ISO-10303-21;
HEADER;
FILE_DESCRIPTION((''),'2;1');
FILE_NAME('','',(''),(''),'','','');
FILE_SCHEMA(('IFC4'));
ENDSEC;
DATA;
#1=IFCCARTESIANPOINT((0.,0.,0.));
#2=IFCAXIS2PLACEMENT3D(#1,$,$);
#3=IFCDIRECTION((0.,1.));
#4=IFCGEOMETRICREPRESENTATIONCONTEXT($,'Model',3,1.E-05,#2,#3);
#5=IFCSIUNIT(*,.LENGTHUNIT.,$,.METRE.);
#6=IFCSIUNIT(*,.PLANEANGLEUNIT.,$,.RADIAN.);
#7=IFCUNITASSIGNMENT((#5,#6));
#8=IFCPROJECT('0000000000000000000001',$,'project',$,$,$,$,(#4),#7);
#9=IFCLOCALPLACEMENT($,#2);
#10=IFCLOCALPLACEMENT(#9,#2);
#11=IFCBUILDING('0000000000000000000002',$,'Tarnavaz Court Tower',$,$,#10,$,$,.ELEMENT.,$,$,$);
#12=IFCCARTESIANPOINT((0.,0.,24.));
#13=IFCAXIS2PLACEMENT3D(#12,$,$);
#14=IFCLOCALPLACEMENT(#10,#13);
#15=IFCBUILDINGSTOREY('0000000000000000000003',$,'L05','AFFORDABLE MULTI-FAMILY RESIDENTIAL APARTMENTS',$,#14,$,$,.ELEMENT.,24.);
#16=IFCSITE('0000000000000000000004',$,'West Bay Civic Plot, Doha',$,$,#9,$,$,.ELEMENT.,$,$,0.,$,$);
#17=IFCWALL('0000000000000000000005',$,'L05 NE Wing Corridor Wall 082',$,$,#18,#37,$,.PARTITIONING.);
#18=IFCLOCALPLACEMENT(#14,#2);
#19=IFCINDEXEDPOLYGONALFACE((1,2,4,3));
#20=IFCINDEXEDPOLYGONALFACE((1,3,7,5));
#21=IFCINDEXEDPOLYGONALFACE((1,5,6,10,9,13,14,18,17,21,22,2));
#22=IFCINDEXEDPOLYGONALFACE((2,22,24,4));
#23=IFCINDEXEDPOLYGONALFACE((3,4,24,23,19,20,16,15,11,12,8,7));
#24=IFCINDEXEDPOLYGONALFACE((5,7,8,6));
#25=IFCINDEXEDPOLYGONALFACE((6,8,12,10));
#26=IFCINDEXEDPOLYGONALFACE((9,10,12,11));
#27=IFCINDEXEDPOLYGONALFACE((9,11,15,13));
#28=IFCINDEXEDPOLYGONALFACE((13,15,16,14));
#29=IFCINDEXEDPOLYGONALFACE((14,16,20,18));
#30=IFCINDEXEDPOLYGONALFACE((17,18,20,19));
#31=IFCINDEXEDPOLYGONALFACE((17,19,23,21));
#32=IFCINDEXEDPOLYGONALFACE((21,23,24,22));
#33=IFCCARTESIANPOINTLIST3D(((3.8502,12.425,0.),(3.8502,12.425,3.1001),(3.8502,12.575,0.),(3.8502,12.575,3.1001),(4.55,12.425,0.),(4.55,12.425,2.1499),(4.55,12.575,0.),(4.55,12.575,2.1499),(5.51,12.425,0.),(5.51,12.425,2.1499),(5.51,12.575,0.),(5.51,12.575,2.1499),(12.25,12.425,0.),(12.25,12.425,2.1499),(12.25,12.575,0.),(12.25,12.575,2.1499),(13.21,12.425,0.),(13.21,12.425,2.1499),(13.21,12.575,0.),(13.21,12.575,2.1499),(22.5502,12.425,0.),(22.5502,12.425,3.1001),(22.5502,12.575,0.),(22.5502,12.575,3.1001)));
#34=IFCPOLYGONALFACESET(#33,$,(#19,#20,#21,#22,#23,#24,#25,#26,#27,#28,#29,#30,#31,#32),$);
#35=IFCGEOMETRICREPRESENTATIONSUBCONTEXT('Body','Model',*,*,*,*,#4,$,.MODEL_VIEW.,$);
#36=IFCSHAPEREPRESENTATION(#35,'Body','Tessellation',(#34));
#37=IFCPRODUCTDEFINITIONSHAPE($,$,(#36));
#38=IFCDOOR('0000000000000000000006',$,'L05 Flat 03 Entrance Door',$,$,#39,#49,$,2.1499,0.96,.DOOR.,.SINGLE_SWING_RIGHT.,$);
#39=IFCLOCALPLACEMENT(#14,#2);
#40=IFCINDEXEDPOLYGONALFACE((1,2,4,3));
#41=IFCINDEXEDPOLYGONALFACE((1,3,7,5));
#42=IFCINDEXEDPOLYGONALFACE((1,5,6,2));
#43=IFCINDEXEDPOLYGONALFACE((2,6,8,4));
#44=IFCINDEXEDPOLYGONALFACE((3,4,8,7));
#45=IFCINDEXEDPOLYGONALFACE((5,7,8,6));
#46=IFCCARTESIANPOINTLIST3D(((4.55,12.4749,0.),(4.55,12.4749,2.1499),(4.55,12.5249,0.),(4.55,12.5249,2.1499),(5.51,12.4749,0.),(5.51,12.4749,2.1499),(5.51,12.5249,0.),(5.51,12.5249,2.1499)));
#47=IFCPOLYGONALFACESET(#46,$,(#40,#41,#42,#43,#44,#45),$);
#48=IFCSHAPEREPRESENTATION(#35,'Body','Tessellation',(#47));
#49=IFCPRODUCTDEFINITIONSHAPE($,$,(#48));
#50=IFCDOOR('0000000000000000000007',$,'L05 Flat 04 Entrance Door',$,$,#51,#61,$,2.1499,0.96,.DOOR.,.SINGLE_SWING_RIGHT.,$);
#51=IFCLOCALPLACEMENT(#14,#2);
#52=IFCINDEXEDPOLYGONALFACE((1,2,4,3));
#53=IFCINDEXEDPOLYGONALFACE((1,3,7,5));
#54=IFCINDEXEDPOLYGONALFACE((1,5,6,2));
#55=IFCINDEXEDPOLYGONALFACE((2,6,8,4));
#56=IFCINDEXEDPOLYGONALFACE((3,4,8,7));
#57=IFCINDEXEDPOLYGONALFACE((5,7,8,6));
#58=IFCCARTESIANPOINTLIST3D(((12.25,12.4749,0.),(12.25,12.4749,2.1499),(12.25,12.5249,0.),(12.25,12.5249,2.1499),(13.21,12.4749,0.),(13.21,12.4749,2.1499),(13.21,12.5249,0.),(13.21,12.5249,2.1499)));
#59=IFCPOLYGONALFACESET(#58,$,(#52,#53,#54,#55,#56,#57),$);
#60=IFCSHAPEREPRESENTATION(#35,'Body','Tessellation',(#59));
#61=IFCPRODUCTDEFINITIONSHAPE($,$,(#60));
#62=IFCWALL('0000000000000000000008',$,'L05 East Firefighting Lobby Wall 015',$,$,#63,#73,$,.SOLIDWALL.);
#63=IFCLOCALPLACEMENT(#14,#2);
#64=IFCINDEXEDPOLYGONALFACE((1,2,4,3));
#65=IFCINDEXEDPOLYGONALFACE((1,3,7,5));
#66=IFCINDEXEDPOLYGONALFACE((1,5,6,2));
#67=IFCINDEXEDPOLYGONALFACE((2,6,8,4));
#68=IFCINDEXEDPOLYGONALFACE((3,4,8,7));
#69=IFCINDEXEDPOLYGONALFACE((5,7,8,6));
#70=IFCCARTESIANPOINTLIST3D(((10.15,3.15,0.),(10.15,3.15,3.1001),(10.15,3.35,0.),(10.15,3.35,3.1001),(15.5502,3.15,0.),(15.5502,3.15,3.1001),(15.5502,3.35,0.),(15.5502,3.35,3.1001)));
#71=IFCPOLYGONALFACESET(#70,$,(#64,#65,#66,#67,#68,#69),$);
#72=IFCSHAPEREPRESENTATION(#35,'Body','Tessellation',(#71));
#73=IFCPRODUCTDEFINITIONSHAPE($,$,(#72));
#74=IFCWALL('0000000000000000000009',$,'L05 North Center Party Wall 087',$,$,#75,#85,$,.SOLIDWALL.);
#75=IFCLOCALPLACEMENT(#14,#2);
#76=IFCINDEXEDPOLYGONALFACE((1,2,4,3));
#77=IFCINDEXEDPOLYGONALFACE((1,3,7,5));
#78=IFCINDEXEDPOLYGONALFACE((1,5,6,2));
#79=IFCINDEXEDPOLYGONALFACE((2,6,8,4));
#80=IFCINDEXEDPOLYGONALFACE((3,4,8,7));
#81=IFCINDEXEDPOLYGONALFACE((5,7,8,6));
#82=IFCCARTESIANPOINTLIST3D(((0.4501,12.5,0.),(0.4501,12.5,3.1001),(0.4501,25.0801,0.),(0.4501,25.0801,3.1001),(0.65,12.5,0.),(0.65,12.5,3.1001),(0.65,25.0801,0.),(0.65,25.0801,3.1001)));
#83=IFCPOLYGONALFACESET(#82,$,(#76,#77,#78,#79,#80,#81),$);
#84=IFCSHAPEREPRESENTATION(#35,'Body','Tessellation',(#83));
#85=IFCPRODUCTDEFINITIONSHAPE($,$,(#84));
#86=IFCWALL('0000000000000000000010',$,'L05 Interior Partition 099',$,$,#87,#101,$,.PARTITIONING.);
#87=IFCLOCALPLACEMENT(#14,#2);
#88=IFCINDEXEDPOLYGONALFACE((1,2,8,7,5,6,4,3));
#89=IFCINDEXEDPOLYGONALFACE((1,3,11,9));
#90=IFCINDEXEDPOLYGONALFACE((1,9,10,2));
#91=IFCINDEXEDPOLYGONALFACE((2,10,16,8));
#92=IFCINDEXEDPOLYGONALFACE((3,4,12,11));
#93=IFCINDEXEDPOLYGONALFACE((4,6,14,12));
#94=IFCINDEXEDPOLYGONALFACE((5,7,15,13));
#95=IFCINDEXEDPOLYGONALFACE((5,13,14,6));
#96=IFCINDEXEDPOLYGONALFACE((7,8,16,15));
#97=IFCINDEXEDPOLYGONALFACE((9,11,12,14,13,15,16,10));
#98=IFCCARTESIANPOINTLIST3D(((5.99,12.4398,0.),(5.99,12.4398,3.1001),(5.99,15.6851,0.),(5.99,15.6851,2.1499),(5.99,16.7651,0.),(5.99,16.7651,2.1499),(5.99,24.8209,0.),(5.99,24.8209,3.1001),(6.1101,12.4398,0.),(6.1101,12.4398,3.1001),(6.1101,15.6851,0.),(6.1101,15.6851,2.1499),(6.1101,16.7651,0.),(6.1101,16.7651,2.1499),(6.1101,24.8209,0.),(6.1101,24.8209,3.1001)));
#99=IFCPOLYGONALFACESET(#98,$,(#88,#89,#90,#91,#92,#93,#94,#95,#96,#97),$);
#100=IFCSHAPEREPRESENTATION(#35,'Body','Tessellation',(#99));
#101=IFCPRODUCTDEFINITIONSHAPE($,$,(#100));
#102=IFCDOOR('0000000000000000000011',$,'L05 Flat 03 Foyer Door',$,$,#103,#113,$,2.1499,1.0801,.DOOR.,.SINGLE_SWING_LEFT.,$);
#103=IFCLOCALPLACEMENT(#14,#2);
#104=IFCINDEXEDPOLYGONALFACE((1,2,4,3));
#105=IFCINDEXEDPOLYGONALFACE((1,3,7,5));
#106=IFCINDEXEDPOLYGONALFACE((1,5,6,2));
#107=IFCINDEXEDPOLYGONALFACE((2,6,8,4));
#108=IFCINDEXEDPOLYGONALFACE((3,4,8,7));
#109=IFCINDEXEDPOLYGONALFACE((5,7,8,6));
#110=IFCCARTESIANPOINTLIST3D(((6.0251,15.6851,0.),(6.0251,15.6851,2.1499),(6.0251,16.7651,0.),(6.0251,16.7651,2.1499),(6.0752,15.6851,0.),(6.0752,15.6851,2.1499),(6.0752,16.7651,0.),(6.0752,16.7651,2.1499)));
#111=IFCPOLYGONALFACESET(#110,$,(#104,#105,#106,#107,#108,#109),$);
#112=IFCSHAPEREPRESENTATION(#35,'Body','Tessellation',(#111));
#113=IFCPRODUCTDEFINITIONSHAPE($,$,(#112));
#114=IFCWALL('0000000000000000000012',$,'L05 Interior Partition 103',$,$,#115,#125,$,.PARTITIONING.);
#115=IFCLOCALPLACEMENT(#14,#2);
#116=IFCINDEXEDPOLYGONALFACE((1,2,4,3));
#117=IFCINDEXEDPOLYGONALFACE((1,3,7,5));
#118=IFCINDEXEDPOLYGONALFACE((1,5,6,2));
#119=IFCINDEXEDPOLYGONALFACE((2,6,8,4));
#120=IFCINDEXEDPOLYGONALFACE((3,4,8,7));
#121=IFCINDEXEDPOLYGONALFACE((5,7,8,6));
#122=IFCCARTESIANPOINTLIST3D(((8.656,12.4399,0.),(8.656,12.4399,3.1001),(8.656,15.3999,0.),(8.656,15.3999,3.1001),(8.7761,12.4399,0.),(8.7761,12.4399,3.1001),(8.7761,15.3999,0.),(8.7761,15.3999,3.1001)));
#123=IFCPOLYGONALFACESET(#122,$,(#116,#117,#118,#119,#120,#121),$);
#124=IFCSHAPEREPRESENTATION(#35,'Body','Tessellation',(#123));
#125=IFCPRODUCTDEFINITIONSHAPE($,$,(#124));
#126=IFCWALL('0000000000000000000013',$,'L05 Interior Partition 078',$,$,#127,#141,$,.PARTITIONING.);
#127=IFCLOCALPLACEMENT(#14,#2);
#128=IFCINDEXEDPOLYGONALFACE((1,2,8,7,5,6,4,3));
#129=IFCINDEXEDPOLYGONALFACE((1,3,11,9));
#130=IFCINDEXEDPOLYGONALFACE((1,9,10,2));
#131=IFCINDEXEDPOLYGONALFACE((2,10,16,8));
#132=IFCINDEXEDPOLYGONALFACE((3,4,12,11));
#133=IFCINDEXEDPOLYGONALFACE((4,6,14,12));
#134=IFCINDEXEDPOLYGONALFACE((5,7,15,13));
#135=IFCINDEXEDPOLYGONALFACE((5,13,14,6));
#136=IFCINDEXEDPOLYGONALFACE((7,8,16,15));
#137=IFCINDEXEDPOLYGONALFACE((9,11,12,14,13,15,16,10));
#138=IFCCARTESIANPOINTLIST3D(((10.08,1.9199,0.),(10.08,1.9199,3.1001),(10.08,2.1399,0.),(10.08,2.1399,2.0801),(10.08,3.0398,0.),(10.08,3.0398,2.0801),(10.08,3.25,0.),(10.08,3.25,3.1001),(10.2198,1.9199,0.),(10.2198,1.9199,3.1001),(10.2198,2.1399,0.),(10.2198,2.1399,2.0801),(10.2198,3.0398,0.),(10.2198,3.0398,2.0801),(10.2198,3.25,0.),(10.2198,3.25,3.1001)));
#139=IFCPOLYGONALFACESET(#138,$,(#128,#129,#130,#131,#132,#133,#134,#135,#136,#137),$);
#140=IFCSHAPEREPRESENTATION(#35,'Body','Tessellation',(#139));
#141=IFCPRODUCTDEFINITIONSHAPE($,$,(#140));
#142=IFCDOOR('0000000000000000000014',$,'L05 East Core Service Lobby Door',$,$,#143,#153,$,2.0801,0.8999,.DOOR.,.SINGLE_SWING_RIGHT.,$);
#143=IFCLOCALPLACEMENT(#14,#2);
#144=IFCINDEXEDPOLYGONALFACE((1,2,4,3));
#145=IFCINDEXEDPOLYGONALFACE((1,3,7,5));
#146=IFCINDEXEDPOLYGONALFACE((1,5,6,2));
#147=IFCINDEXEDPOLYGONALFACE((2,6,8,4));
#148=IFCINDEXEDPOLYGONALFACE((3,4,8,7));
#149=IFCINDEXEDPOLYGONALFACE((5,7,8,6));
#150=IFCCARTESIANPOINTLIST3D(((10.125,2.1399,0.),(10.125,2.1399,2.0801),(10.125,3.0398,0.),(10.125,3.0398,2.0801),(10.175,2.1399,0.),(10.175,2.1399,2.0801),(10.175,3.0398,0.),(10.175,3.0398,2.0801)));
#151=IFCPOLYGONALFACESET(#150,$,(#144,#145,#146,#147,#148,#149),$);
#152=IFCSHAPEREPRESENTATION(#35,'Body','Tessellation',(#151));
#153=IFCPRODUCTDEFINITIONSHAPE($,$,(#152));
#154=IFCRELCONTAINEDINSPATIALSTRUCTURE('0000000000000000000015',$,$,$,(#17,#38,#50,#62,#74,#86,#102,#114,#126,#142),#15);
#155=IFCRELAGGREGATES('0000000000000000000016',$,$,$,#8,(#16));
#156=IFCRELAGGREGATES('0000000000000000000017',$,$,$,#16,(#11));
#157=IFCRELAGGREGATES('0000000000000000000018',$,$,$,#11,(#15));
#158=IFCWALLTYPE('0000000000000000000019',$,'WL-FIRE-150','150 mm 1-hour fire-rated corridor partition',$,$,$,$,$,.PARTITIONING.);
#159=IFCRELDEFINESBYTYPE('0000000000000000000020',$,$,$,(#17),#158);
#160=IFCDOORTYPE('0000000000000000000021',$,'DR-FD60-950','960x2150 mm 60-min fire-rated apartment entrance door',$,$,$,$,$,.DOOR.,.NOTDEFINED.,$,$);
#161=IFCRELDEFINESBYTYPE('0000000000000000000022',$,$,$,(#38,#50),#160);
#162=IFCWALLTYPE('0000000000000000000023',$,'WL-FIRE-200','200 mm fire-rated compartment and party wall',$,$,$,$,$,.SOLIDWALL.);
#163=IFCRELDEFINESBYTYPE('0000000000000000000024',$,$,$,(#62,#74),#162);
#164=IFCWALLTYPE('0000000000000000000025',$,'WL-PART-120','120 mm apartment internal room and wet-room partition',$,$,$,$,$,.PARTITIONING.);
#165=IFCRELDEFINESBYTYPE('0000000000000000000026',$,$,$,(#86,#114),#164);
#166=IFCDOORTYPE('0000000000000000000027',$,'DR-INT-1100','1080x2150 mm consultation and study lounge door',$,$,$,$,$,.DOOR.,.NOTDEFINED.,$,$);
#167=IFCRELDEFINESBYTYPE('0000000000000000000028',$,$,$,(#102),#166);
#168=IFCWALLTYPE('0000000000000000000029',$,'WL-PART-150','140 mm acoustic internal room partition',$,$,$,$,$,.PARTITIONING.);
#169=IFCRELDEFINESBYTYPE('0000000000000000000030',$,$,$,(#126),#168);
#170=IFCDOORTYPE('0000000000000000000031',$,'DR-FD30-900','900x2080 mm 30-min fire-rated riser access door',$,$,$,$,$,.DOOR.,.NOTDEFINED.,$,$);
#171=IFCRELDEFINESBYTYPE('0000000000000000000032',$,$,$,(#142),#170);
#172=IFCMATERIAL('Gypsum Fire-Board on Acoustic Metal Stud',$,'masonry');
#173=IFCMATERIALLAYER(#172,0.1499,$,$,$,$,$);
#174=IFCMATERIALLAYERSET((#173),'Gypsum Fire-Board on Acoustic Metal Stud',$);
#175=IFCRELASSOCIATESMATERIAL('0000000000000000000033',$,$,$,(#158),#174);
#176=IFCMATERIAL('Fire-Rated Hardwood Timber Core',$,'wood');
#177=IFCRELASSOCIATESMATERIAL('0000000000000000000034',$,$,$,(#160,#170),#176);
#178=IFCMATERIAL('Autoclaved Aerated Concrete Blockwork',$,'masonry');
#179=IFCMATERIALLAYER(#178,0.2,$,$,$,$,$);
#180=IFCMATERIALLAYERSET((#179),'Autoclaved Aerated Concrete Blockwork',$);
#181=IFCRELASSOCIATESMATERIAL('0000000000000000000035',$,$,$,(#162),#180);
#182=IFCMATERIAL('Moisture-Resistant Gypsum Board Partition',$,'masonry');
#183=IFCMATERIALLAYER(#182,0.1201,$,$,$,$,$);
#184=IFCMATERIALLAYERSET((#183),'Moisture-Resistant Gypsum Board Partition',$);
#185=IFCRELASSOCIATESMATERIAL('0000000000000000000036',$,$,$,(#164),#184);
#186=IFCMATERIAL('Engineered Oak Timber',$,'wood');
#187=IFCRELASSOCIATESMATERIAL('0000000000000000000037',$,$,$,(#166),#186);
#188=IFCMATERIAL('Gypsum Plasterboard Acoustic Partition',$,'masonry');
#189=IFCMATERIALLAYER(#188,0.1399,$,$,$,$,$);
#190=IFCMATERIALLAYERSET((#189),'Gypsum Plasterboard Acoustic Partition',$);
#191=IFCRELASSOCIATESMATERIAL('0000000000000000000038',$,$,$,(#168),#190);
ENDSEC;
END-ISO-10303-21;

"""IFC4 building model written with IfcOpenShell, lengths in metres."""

from ifc_helpers import new_model, si_unit, direction, frame, frame_2d, origin, place, context, subcontext, project, spatial, rectangle, extrude, material, layer, layer_set, type_object, element, fill, save


model = new_model("IFC4")

# Units and contexts
model_context = context("Model", 3, precision=1e-05, world=origin(), true_north=direction((0.0, 1.0)))
body_context = subcontext(model_context, "Body", "Model", "MODEL_VIEW")
ifc_project = project(units=[si_unit("LENGTHUNIT", "METRE"), si_unit("PLANEANGLEUNIT", "RADIAN")], contexts=[model_context])

# Site, building, storey
site_placement = place(None, origin())
site = spatial("IfcSite", under=ifc_project, at=site_placement, Name="West Bay Civic Plot, Doha", CompositionType="ELEMENT", RefElevation=0.0)
building_placement = place(site_placement, origin())
building = spatial("IfcBuilding", under=site, at=building_placement, Name="Tarnavaz Court Tower", CompositionType="ELEMENT")
storey_placement = place(building_placement, frame((0.0, 0.0, 24.0)))
storey = spatial("IfcBuildingStorey", under=building, at=storey_placement, Name="L05", Description="AFFORDABLE MULTI-FAMILY RESIDENTIAL APARTMENTS", CompositionType="ELEMENT", Elevation=24.0)

# Shared definitions
ifc_material_1 = material(Name="Fire-Rated Hardwood Timber Core", Category="wood")

# Wall, openings, doors
ifc_material_2 = material(Name="Gypsum Fire-Board on Acoustic Metal Stud", Category="masonry")
ifc_layer_1 = layer(ifc_material_2, 0.1499)
ifc_layer_set_1 = layer_set([ifc_layer_1], Name="Gypsum Fire-Board on Acoustic Metal Stud")
wall_type_1 = type_object("IfcWallType", Name="WL-FIRE-150", Description="150 mm 1-hour fire-rated corridor partition", PredefinedType="PARTITIONING", material=ifc_layer_set_1)
wall_1_placement = place(storey_placement, frame((3.8501, 12.5, 0.0), z_axis=(0.0, 0.0, 1.0), x_axis=(1.0, 0.0, 0.0)))
wall_1 = element("IfcWall", 1, at=wall_1_placement, inside=storey, type_object=wall_type_1, Name="L05 NE Wing Corridor Wall 082", PredefinedType="PARTITIONING", context=body_context, shape_type="SweptSolid", body=[
    extrude(rectangle(XDim=18.7, YDim=0.1499, at=frame_2d((9.3501, 0.0))), origin(), (0.0, 0.0, 1.0), 3.1001),
])
opening_1_placement = place(wall_1_placement, frame((0.7, 0.0, 0.0)))
opening_1 = element("IfcOpeningElement", 2, at=opening_1_placement, cuts=wall_1, PredefinedType="OPENING", context=body_context, shape_type="SweptSolid", body=[
    extrude(rectangle(XDim=0.96, YDim=2.1499, at=frame_2d((0.48, 1.075))), frame((0.0, 0.085, 0.0), z_axis=(0.0, -1.0, 0.0), x_axis=(1.0, 0.0, 0.0)), (0.0, 0.0, 1.0), 0.1699),
])
opening_2_placement = place(wall_1_placement, frame((8.3999, 0.0, 0.0)))
opening_2 = element("IfcOpeningElement", 3, at=opening_2_placement, cuts=wall_1, PredefinedType="OPENING", context=body_context, shape_type="SweptSolid", body=[
    extrude(rectangle(XDim=0.96, YDim=2.1499, at=frame_2d((0.48, 1.075))), frame((0.0, 0.085, 0.0), z_axis=(0.0, -1.0, 0.0), x_axis=(1.0, 0.0, 0.0)), (0.0, 0.0, 1.0), 0.1699),
])
door_type_1 = type_object("IfcDoorType", Name="DR-FD60-950", Description="960x2150 mm 60-min fire-rated apartment entrance door", OperationType="NOTDEFINED", PredefinedType="DOOR", material=ifc_material_1)
door_1_placement = place(opening_1_placement, origin())
door_1 = element("IfcDoor", 4, at=door_1_placement, inside=storey, type_object=door_type_1, Name="L05 Flat 03 Entrance Door", OperationType="SINGLE_SWING_RIGHT", OverallHeight=2.1499, OverallWidth=0.96, PredefinedType="DOOR", context=body_context, shape_type="SweptSolid", body=[
    extrude(rectangle(XDim=0.96, YDim=2.1499, at=frame_2d((0.48, 1.075))), frame((0.0, 0.0249, 0.0), z_axis=(0.0, -1.0, 0.0), x_axis=(1.0, 0.0, 0.0)), (0.0, 0.0, 1.0), 0.05),
])
fill(opening_1, door_1)
door_2_placement = place(opening_2_placement, origin())
door_2 = element("IfcDoor", 5, at=door_2_placement, inside=storey, type_object=door_type_1, Name="L05 Flat 04 Entrance Door", OperationType="SINGLE_SWING_RIGHT", OverallHeight=2.1499, OverallWidth=0.96, PredefinedType="DOOR", context=body_context, shape_type="SweptSolid", body=[
    extrude(rectangle(XDim=0.96, YDim=2.1499, at=frame_2d((0.48, 1.075))), frame((0.0, 0.0249, 0.0), z_axis=(0.0, -1.0, 0.0), x_axis=(1.0, 0.0, 0.0)), (0.0, 0.0, 1.0), 0.05),
])
fill(opening_2, door_2)

# Wall
ifc_material_3 = material(Name="Autoclaved Aerated Concrete Blockwork", Category="masonry")
ifc_layer_2 = layer(ifc_material_3, 0.2)
ifc_layer_set_2 = layer_set([ifc_layer_2], Name="Autoclaved Aerated Concrete Blockwork")
wall_type_2 = type_object("IfcWallType", Name="WL-FIRE-200", Description="200 mm fire-rated compartment and party wall", PredefinedType="SOLIDWALL", material=ifc_layer_set_2)
wall_2_placement = place(storey_placement, frame((10.1499, 3.25, 0.0), z_axis=(0.0, 0.0, 1.0), x_axis=(1.0, 0.0, 0.0)))
element("IfcWall", 6, at=wall_2_placement, inside=storey, type_object=wall_type_2, Name="L05 East Firefighting Lobby Wall 015", PredefinedType="SOLIDWALL", context=body_context, shape_type="SweptSolid", body=[
    extrude(rectangle(XDim=5.4001, YDim=0.2, at=frame_2d((2.7002, 0.0))), origin(), (0.0, 0.0, 1.0), 3.1001),
])

# Wall
wall_3_placement = place(storey_placement, frame((0.55, 12.5, 0.0), z_axis=(0.0, 0.0, 1.0), x_axis=(0.0, 1.0, 0.0)))
element("IfcWall", 7, at=wall_3_placement, inside=storey, type_object=wall_type_2, Name="L05 North Center Party Wall 087", PredefinedType="SOLIDWALL", context=body_context, shape_type="SweptSolid", body=[
    extrude(rectangle(XDim=12.5801, YDim=0.2, at=frame_2d((6.29, 0.0))), origin(), (0.0, 0.0, 1.0), 3.1001),
])

# Wall, opening, door
ifc_material_4 = material(Name="Moisture-Resistant Gypsum Board Partition", Category="masonry")
ifc_layer_3 = layer(ifc_material_4, 0.1201)
ifc_layer_set_3 = layer_set([ifc_layer_3], Name="Moisture-Resistant Gypsum Board Partition")
wall_type_3 = type_object("IfcWallType", Name="WL-PART-120", Description="120 mm apartment internal room and wet-room partition", PredefinedType="PARTITIONING", material=ifc_layer_set_3)
wall_4_placement = place(storey_placement, frame((6.05, 12.4399, 0.0), z_axis=(0.0, 0.0, 1.0), x_axis=(0.0, 1.0, 0.0)))
wall_4 = element("IfcWall", 8, at=wall_4_placement, inside=storey, type_object=wall_type_3, Name="L05 Interior Partition 099", PredefinedType="PARTITIONING", context=body_context, shape_type="SweptSolid", body=[
    extrude(rectangle(XDim=12.3811, YDim=0.1201, at=frame_2d((6.1904, 0.0))), origin(), (0.0, 0.0, 1.0), 3.1001),
])
opening_3_placement = place(wall_4_placement, frame((3.2451, 0.0, 0.0)))
opening_3 = element("IfcOpeningElement", 9, at=opening_3_placement, cuts=wall_4, PredefinedType="OPENING", context=body_context, shape_type="SweptSolid", body=[
    extrude(rectangle(XDim=1.0801, YDim=2.1499, at=frame_2d((0.54, 1.075))), frame((0.0, 0.0701, 0.0), z_axis=(0.0, -1.0, 0.0), x_axis=(1.0, 0.0, 0.0)), (0.0, 0.0, 1.0), 0.1401),
])
ifc_material_5 = material(Name="Engineered Oak Timber", Category="wood")
door_type_2 = type_object("IfcDoorType", Name="DR-INT-1100", Description="1080x2150 mm consultation and study lounge door", OperationType="NOTDEFINED", PredefinedType="DOOR", material=ifc_material_5)
door_3_placement = place(opening_3_placement, origin())
door_3 = element("IfcDoor", 10, at=door_3_placement, inside=storey, type_object=door_type_2, Name="L05 Flat 03 Foyer Door", OperationType="SINGLE_SWING_LEFT", OverallHeight=2.1499, OverallWidth=1.0801, PredefinedType="DOOR", context=body_context, shape_type="SweptSolid", body=[
    extrude(rectangle(XDim=1.0801, YDim=2.1499, at=frame_2d((0.54, 1.075))), frame((0.0, 0.0249, 0.0), z_axis=(0.0, -1.0, 0.0), x_axis=(1.0, 0.0, 0.0)), (0.0, 0.0, 1.0), 0.05),
])
fill(opening_3, door_3)

# Wall
wall_5_placement = place(storey_placement, frame((8.7161, 12.4399, 0.0), z_axis=(0.0, 0.0, 1.0), x_axis=(0.0, 1.0, 0.0)))
element("IfcWall", 11, at=wall_5_placement, inside=storey, type_object=wall_type_3, Name="L05 Interior Partition 103", PredefinedType="PARTITIONING", context=body_context, shape_type="SweptSolid", body=[
    extrude(rectangle(XDim=2.96, YDim=0.1201, at=frame_2d((1.48, 0.0))), origin(), (0.0, 0.0, 1.0), 3.1001),
])

# Wall, opening, door
ifc_material_6 = material(Name="Gypsum Plasterboard Acoustic Partition", Category="masonry")
ifc_layer_4 = layer(ifc_material_6, 0.1399)
ifc_layer_set_4 = layer_set([ifc_layer_4], Name="Gypsum Plasterboard Acoustic Partition")
wall_type_4 = type_object("IfcWallType", Name="WL-PART-150", Description="140 mm acoustic internal room partition", PredefinedType="PARTITIONING", material=ifc_layer_set_4)
wall_6_placement = place(storey_placement, frame((10.1499, 1.9199, 0.0), z_axis=(0.0, 0.0, 1.0), x_axis=(0.0, 1.0, 0.0)))
wall_6 = element("IfcWall", 12, at=wall_6_placement, inside=storey, type_object=wall_type_4, Name="L05 Interior Partition 078", PredefinedType="PARTITIONING", context=body_context, shape_type="SweptSolid", body=[
    extrude(rectangle(XDim=1.3301, YDim=0.1399, at=frame_2d((0.665, 0.0))), origin(), (0.0, 0.0, 1.0), 3.1001),
])
opening_4_placement = place(wall_6_placement, frame((0.22, 0.0, 0.0)))
opening_4 = element("IfcOpeningElement", 13, at=opening_4_placement, cuts=wall_6, PredefinedType="OPENING", context=body_context, shape_type="SweptSolid", body=[
    extrude(rectangle(XDim=0.8999, YDim=2.0801, at=frame_2d((0.45, 1.04))), frame((0.0, 0.0798, 0.0), z_axis=(0.0, -1.0, 0.0), x_axis=(1.0, 0.0, 0.0)), (0.0, 0.0, 1.0), 0.1599),
])
door_type_3 = type_object("IfcDoorType", Name="DR-FD30-900", Description="900x2080 mm 30-min fire-rated riser access door", OperationType="NOTDEFINED", PredefinedType="DOOR", material=ifc_material_1)
door_4_placement = place(opening_4_placement, origin())
door_4 = element("IfcDoor", 14, at=door_4_placement, inside=storey, type_object=door_type_3, Name="L05 East Core Service Lobby Door", OperationType="SINGLE_SWING_RIGHT", OverallHeight=2.0801, OverallWidth=0.8999, PredefinedType="DOOR", context=body_context, shape_type="SweptSolid", body=[
    extrude(rectangle(XDim=0.8999, YDim=2.0801, at=frame_2d((0.45, 1.04))), frame((0.0, 0.0249, 0.0), z_axis=(0.0, -1.0, 0.0), x_axis=(1.0, 0.0, 0.0)), (0.0, 0.0, 1.0), 0.05),
])
fill(opening_4, door_4)

save(model, "model.ifc")
